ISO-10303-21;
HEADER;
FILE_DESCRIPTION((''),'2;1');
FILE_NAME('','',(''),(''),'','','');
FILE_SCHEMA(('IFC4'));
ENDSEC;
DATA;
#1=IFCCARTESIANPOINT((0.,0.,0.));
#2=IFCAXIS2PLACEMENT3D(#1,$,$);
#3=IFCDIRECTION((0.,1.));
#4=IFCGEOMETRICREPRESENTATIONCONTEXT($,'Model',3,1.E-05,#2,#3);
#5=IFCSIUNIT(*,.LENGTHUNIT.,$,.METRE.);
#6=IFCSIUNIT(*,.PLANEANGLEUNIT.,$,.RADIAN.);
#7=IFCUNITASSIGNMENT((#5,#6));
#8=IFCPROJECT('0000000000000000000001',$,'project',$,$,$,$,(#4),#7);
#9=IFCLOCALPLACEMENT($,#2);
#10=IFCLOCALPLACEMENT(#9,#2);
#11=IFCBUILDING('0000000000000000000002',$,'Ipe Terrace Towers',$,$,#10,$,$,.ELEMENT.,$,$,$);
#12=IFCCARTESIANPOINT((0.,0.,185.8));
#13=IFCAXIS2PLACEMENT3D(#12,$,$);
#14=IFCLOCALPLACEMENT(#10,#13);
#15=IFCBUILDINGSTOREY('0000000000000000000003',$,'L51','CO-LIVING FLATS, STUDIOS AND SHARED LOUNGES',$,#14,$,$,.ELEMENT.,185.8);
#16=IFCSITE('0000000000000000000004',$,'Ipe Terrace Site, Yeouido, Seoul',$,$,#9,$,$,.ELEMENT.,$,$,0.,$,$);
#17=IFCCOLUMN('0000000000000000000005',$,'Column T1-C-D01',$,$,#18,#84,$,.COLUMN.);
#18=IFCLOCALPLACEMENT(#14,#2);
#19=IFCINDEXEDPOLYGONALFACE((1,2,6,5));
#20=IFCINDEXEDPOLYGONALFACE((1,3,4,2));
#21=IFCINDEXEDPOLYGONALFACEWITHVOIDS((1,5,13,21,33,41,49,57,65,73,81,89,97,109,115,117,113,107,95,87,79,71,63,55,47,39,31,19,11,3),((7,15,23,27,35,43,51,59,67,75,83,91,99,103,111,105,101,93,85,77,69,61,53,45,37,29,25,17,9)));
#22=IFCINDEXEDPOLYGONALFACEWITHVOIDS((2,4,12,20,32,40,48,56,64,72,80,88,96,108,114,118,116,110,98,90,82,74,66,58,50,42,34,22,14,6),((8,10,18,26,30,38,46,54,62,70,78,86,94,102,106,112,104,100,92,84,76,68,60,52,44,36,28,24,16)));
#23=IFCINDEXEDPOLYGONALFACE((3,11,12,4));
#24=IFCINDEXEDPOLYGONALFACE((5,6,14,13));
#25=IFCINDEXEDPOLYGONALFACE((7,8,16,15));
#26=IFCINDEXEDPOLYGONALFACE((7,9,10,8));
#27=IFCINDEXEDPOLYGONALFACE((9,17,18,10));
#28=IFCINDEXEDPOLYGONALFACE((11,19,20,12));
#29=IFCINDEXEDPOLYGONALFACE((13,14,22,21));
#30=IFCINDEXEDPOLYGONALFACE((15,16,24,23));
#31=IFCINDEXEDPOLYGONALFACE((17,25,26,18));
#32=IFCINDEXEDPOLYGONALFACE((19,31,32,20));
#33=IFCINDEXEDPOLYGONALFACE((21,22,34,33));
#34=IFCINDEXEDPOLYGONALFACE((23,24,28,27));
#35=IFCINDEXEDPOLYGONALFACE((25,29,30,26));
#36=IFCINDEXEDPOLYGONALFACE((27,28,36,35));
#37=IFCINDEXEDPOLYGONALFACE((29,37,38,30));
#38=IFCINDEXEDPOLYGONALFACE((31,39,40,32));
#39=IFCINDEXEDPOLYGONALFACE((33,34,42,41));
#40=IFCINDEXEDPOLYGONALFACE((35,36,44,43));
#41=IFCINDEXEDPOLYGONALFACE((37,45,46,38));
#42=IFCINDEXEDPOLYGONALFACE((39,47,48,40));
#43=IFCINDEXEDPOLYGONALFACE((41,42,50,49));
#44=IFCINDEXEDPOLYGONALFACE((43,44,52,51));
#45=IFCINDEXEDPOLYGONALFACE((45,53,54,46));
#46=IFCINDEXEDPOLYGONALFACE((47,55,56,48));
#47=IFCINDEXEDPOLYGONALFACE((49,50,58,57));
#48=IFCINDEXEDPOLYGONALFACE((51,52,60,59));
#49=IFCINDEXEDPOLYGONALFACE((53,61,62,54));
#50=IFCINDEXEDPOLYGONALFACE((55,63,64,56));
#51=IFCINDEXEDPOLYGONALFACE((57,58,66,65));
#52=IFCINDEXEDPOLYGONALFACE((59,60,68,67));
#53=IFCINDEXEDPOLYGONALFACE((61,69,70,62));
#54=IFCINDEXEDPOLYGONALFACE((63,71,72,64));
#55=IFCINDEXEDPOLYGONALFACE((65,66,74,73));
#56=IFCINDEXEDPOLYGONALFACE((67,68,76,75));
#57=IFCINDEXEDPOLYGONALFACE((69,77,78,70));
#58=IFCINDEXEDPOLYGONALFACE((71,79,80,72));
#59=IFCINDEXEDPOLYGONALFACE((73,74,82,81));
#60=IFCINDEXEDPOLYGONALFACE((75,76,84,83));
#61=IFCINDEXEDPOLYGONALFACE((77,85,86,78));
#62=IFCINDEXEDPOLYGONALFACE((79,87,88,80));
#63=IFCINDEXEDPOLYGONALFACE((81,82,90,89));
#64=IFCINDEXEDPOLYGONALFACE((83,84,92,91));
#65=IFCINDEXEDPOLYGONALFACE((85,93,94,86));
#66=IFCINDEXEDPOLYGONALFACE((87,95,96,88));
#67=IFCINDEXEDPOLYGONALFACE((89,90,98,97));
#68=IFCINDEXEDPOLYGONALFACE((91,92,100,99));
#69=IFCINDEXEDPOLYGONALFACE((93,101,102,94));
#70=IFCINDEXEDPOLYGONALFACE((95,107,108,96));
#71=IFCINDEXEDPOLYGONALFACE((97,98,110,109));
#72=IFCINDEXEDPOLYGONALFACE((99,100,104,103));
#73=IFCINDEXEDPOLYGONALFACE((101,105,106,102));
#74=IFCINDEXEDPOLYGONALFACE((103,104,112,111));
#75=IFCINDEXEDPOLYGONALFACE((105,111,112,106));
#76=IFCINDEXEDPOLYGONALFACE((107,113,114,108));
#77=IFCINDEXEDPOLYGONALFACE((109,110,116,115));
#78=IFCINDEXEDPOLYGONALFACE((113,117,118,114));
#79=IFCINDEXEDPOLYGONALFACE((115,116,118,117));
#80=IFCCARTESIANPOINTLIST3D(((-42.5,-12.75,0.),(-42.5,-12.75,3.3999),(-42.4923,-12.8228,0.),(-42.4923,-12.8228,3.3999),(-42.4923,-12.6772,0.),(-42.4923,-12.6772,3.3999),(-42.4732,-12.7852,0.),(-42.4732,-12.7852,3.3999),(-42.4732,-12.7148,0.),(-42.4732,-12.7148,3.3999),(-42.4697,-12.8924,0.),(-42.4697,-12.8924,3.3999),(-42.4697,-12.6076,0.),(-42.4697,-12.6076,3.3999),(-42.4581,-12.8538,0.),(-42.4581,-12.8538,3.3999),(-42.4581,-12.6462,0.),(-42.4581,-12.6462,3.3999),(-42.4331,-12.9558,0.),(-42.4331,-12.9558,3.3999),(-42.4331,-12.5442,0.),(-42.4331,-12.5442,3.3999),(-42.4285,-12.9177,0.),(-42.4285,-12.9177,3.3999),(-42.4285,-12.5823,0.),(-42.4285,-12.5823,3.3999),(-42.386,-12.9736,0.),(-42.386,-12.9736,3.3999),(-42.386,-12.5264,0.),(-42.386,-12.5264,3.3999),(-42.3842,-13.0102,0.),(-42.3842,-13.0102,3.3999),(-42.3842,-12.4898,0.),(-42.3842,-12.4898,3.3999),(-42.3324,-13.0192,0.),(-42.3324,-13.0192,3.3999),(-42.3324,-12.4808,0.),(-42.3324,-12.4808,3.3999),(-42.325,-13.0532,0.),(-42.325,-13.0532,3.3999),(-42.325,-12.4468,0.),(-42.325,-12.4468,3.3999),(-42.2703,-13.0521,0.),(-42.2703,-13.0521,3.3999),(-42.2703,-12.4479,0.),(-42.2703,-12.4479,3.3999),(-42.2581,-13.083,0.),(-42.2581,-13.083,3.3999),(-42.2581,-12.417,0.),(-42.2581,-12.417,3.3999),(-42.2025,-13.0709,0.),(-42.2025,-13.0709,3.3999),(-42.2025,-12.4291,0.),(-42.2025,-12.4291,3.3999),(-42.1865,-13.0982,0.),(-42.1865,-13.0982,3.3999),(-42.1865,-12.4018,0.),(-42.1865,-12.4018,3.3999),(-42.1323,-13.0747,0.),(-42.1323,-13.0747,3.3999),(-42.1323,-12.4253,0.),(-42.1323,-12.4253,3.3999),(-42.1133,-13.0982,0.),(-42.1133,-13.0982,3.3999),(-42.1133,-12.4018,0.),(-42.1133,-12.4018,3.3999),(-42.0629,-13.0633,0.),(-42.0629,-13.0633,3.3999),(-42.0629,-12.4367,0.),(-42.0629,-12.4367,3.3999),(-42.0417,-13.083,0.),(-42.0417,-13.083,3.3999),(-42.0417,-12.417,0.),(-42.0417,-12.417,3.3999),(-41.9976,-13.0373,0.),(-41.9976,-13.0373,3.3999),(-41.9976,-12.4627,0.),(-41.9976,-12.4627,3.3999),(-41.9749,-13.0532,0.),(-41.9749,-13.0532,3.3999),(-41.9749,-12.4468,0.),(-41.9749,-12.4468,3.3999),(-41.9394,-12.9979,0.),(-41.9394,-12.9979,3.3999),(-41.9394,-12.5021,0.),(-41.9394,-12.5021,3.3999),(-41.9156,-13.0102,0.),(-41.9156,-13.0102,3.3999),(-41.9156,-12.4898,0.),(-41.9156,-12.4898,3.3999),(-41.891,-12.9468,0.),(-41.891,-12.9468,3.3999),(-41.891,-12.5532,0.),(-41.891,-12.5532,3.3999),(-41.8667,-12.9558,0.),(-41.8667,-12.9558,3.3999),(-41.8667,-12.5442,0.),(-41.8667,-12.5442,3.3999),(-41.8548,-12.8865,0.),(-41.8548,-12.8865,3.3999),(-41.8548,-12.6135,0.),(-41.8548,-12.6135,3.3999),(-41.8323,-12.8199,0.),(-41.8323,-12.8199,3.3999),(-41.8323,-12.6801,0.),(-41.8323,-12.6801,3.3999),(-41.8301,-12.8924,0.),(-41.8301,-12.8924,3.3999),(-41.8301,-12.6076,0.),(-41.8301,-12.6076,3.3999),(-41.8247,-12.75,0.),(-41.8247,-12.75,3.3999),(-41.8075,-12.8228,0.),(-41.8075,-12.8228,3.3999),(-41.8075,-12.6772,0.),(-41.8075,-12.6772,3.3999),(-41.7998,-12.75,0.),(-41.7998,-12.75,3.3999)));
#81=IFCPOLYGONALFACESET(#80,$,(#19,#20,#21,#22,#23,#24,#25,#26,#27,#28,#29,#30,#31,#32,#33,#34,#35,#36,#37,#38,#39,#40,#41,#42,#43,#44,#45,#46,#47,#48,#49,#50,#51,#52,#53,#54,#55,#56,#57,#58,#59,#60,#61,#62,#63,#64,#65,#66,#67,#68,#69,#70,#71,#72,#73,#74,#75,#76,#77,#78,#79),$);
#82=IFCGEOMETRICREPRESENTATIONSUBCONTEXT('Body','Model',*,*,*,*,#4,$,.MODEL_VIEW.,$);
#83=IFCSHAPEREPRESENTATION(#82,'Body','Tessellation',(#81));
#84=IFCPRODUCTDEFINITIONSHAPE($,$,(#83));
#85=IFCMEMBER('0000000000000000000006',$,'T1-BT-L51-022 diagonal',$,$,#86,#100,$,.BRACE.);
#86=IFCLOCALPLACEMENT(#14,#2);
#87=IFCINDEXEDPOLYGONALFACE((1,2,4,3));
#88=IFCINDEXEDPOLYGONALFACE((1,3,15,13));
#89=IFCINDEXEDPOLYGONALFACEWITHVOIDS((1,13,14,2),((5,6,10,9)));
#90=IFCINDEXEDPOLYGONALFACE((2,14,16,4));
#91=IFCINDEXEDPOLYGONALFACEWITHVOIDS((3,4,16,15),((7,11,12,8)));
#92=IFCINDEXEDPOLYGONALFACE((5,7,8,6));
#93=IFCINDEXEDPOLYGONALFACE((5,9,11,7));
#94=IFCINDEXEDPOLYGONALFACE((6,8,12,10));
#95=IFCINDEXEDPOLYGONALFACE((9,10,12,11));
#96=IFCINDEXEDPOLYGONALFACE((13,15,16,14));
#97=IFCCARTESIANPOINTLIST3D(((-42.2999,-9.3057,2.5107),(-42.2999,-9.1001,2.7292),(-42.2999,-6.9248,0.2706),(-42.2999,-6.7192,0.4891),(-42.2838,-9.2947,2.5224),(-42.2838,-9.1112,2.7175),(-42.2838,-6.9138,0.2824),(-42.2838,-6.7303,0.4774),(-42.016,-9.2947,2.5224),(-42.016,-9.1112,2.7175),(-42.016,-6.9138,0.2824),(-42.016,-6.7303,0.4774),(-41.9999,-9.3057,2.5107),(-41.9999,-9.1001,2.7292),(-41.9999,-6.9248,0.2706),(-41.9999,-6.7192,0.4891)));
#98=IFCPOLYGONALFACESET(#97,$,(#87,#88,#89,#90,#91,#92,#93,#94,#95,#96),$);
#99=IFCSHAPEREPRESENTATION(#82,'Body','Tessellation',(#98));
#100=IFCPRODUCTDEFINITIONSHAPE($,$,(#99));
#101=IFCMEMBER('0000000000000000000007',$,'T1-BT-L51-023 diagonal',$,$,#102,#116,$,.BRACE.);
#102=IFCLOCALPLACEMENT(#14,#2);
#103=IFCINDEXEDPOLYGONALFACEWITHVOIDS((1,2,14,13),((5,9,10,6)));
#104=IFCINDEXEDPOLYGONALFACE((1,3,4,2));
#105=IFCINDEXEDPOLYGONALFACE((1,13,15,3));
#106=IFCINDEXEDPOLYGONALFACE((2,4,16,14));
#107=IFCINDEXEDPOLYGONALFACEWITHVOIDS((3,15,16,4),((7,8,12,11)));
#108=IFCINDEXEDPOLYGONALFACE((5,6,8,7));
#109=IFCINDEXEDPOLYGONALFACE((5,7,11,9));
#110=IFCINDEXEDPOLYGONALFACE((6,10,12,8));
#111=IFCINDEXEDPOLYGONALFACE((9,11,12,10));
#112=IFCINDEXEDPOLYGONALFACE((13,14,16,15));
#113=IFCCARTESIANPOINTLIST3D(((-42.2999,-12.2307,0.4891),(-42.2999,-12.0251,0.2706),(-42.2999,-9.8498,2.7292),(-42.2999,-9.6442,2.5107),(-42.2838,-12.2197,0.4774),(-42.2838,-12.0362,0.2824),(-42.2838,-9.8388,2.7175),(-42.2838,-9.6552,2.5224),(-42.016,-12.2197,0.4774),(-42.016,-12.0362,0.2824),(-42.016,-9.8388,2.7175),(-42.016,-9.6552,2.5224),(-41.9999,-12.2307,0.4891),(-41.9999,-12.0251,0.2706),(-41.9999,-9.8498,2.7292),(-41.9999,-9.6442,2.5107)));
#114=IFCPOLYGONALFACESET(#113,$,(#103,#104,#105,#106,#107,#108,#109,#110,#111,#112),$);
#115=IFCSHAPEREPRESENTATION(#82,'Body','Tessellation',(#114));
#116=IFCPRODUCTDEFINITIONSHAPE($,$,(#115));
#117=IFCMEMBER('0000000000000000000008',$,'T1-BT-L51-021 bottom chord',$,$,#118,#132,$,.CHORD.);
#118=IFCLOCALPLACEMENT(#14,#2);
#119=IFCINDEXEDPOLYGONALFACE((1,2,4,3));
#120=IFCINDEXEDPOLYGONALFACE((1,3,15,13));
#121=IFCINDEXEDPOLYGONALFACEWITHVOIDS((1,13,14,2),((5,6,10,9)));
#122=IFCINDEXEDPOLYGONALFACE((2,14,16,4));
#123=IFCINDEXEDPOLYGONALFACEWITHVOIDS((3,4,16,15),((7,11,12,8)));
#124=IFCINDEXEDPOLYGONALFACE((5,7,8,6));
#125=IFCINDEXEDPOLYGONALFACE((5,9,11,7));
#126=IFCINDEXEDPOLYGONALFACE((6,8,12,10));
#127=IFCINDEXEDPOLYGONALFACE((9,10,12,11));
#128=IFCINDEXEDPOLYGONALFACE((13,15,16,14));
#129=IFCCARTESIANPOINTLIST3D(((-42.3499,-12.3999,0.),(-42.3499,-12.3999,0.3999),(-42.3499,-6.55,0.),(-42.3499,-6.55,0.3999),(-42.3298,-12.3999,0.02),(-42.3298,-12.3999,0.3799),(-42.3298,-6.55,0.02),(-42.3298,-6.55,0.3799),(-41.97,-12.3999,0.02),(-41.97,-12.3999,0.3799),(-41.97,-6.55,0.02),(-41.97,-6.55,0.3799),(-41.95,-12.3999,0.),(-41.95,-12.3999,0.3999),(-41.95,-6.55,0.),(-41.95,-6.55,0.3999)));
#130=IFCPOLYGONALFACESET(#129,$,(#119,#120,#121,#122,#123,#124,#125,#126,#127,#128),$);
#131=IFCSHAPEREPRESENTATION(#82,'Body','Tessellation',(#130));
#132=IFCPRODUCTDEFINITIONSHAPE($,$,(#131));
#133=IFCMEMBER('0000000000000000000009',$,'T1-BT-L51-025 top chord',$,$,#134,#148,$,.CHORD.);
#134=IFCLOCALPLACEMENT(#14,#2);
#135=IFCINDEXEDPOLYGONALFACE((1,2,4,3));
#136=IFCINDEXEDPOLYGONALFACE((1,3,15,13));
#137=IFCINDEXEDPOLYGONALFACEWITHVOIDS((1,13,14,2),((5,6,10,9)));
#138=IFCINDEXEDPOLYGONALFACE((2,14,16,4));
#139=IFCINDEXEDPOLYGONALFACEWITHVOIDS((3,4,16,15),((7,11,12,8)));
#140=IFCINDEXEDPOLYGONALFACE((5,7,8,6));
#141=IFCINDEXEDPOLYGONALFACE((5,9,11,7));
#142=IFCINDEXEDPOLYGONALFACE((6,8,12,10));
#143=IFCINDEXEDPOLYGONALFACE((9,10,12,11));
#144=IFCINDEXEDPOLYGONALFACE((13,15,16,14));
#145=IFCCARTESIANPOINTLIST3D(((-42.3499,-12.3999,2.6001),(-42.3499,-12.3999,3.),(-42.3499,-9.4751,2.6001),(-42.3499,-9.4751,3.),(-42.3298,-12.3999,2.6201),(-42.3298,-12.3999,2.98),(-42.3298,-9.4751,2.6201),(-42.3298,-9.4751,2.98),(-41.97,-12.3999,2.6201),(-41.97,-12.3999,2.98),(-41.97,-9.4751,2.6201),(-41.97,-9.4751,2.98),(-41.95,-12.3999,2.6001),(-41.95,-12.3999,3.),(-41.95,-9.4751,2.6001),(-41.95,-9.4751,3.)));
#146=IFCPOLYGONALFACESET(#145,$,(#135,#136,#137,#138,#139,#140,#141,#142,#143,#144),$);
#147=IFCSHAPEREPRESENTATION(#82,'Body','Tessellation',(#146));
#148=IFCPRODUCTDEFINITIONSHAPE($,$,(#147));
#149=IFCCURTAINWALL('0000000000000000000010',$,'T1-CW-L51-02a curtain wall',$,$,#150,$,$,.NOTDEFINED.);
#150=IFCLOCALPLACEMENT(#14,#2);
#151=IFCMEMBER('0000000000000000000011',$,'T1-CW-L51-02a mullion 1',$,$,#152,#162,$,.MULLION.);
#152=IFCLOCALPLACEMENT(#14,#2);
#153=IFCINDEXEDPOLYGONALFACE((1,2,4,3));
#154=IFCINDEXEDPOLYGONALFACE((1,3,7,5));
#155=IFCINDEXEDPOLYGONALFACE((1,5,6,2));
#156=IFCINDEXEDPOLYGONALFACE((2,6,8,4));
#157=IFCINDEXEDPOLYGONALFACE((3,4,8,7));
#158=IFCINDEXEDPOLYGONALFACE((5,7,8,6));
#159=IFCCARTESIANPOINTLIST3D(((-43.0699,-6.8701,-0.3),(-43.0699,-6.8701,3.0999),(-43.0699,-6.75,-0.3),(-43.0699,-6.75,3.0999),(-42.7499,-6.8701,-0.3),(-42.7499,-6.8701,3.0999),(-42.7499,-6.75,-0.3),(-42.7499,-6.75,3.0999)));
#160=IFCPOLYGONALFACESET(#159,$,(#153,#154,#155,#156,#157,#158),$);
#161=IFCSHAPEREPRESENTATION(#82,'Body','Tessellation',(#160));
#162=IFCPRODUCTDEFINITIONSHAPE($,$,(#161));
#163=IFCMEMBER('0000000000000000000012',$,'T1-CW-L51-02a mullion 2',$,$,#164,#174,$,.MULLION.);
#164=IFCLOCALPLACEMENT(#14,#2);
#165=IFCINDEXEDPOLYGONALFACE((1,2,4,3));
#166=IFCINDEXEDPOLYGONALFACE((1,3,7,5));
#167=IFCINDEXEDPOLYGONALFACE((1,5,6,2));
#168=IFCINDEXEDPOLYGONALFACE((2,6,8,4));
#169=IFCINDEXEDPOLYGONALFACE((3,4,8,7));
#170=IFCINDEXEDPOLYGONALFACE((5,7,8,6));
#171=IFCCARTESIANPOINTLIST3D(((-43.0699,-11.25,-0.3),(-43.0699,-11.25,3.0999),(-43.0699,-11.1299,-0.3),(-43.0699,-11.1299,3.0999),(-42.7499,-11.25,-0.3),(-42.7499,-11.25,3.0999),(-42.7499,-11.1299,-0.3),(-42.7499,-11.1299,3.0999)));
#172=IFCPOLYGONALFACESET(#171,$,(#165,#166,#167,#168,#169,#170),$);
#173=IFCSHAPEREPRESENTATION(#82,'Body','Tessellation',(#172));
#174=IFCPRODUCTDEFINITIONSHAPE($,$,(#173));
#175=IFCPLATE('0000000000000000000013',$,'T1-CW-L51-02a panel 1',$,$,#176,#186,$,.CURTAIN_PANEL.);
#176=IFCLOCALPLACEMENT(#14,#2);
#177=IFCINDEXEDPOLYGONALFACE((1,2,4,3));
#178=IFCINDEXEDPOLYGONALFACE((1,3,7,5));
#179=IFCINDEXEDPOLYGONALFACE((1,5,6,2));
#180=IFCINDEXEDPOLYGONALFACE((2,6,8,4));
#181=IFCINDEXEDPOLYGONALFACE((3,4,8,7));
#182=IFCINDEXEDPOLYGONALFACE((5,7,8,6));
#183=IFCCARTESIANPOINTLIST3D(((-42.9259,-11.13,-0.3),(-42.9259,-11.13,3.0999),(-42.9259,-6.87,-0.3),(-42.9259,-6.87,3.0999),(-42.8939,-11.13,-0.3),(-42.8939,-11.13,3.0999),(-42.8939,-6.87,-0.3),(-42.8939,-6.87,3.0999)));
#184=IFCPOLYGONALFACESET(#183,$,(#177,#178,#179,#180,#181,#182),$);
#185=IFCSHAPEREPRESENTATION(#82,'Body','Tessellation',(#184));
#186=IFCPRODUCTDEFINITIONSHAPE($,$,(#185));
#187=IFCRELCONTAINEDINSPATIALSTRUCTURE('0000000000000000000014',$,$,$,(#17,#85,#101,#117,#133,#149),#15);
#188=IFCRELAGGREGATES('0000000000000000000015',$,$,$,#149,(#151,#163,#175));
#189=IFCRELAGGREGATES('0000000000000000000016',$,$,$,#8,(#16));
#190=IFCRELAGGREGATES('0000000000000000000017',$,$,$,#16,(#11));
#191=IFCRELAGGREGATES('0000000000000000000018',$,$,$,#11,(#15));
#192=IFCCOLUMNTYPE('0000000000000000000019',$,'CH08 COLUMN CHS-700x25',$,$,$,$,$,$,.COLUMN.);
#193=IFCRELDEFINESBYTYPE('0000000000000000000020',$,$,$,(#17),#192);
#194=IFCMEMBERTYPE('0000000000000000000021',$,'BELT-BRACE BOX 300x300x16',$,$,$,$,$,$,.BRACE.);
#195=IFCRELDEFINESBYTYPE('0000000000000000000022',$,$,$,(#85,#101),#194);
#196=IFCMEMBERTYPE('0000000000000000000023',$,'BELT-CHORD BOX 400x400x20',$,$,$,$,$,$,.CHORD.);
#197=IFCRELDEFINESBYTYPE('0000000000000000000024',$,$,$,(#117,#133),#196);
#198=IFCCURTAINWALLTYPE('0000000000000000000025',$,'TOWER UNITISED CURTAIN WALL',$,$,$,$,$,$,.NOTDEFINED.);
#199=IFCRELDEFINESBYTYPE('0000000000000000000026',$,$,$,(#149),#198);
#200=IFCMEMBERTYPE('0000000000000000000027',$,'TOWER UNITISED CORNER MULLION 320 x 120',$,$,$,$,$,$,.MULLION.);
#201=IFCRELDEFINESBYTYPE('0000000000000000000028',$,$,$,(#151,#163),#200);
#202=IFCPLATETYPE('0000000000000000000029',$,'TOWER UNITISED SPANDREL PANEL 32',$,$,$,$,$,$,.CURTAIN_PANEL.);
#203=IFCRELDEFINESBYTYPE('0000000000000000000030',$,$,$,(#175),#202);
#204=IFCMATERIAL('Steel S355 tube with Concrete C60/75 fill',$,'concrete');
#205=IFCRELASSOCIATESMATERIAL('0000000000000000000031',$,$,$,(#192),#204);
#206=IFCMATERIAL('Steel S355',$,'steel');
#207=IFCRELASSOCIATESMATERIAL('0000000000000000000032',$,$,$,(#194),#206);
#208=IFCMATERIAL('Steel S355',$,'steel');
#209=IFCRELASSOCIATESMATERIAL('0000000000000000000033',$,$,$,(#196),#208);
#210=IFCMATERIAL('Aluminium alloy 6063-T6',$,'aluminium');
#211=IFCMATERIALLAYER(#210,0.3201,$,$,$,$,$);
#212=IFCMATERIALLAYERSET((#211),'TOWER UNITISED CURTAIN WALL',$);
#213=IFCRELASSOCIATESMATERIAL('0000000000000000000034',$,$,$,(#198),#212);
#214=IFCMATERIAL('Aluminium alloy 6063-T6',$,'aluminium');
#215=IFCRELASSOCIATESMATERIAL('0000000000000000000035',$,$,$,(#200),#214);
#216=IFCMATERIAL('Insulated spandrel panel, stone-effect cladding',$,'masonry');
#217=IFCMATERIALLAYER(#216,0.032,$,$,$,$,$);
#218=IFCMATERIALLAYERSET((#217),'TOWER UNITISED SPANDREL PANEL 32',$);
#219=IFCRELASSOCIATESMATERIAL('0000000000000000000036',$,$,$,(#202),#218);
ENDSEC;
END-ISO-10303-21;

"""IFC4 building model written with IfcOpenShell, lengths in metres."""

from ifc_helpers import new_model, si_unit, direction, frame, origin, origin_2d, place, context, subcontext, project, spatial, rectangle, hollow_rectangle, hollow_circle, extrude, material, layer, layer_set, material_profile, profile_set, type_object, element, aggregate, save


model = new_model("IFC4")

# Units and contexts
model_context = context("Model", 3, precision=1e-05, world=origin(), true_north=direction((0.0, 1.0)))
body_context = subcontext(model_context, "Body", "Model", "MODEL_VIEW")
ifc_project = project(units=[si_unit("LENGTHUNIT", "METRE"), si_unit("PLANEANGLEUNIT", "RADIAN")], contexts=[model_context])

# Site, building, storey
site_placement = place(None, origin())
site = spatial("IfcSite", under=ifc_project, at=site_placement, Name="Ipe Terrace Site, Yeouido, Seoul", CompositionType="ELEMENT", RefElevation=0.0)
building_placement = place(site_placement, origin())
building = spatial("IfcBuilding", under=site, at=building_placement, Name="Ipe Terrace Towers", CompositionType="ELEMENT")
storey_placement = place(building_placement, frame((0.0, 0.0, 185.8)))
storey = spatial("IfcBuildingStorey", under=building, at=storey_placement, Name="L51", Description="CO-LIVING FLATS, STUDIOS AND SHARED LOUNGES", CompositionType="ELEMENT", Elevation=185.8)

# Column
ifc_material_1 = material(Name="Steel S355 tube with Concrete C60/75 fill", Category="concrete")
ifc_material_profile_1 = material_profile(ifc_material_1, hollow_circle(Radius=0.3501, WallThickness=0.0249, at=origin_2d()), Name="CHS-700x25")
ifc_profile_set_1 = profile_set([ifc_material_profile_1], Name="Steel S355 tube with Concrete C60/75 fill")
column_type = type_object("IfcColumnType", Name="CH08 COLUMN CHS-700x25", PredefinedType="COLUMN", material=ifc_profile_set_1)
column_placement = place(storey_placement, frame((-42.1499, -12.75, 0.0), z_axis=(0.0, 0.0, 1.0), x_axis=(1.0, 0.0, 0.0)))
element("IfcColumn", 1, at=column_placement, inside=storey, type_object=column_type, Name="Column T1-C-D01", PredefinedType="COLUMN", context=body_context, shape_type="SweptSolid", body=[
    extrude(hollow_circle(Radius=0.3501, WallThickness=0.0249, at=origin_2d()), origin(), (0.0, 0.0, 1.0), 3.3999),
])

# Members
ifc_material_2 = material(Name="Steel S355", Category="steel")
ifc_material_profile_2 = material_profile(ifc_material_2, hollow_rectangle(XDim=0.3, YDim=0.3, WallThickness=0.0161, at=origin_2d()), Name="BELT-BRACE BOX 300x300x16")
ifc_profile_set_2 = profile_set([ifc_material_profile_2], Name="Steel S355")
member_type_1 = type_object("IfcMemberType", Name="BELT-BRACE BOX 300x300x16", PredefinedType="BRACE", material=ifc_profile_set_2)
for number, where, z_axis, x_axis, name in (
    (2, (-42.1499, -6.822, 0.3799), (0.0, -0.728325, 0.685232), (1.0, 0.0, 0.0), "T1-BT-L51-022 diagonal"),
    (3, (-42.1499, -12.1279, 0.3799), (0.0, 0.728325, 0.685232), (-1.0, 0.0, 0.0), "T1-BT-L51-023 diagonal"),
):
    element("IfcMember", number, at=place(storey_placement, frame(where, z_axis=z_axis, x_axis=x_axis)), inside=storey, type_object=member_type_1, Name=name, PredefinedType="BRACE", context=body_context, shape_type="SweptSolid", body=[
        extrude(hollow_rectangle(XDim=0.3, YDim=0.3, WallThickness=0.0161, at=origin_2d()), origin(), (0.0, 0.0, 1.0), 3.269),
    ])
ifc_material_3 = material(Name="Steel S355", Category="steel")
ifc_material_profile_3 = material_profile(ifc_material_3, hollow_rectangle(XDim=0.3999, YDim=0.3999, WallThickness=0.02, at=origin_2d()), Name="BELT-CHORD BOX 400x400x20")
ifc_profile_set_3 = profile_set([ifc_material_profile_3], Name="Steel S355")
member_type_2 = type_object("IfcMemberType", Name="BELT-CHORD BOX 400x400x20", PredefinedType="CHORD", material=ifc_profile_set_3)
member_1_placement = place(storey_placement, frame((-42.1499, -6.55, 0.2), z_axis=(0.0, -1.0, 0.0), x_axis=(1.0, 0.0, 0.0)))
element("IfcMember", 4, at=member_1_placement, inside=storey, type_object=member_type_2, Name="T1-BT-L51-021 bottom chord", PredefinedType="CHORD", context=body_context, shape_type="SweptSolid", body=[
    extrude(hollow_rectangle(XDim=0.3999, YDim=0.3999, WallThickness=0.02, at=origin_2d()), origin(), (0.0, 0.0, 1.0), 5.8499),
])
member_2_placement = place(storey_placement, frame((-42.1499, -9.4751, 2.8), z_axis=(0.0, -1.0, 0.0), x_axis=(1.0, 0.0, 0.0)))
element("IfcMember", 5, at=member_2_placement, inside=storey, type_object=member_type_2, Name="T1-BT-L51-025 top chord", PredefinedType="CHORD", context=body_context, shape_type="SweptSolid", body=[
    extrude(hollow_rectangle(XDim=0.3999, YDim=0.3999, WallThickness=0.02, at=origin_2d()), origin(), (0.0, 0.0, 1.0), 2.9248),
])

# Curtain wall, members, plate
ifc_material_4 = material(Name="Aluminium alloy 6063-T6", Category="aluminium")
ifc_layer_1 = layer(ifc_material_4, 0.3201)
ifc_layer_set_1 = layer_set([ifc_layer_1], Name="TOWER UNITISED CURTAIN WALL")
curtain_wall_type = type_object("IfcCurtainWallType", Name="TOWER UNITISED CURTAIN WALL", PredefinedType="NOTDEFINED", material=ifc_layer_set_1)
curtain_wall_placement = place(storey_placement, origin())
curtain_wall = element("IfcCurtainWall", 6, at=curtain_wall_placement, inside=storey, type_object=curtain_wall_type, Name="T1-CW-L51-02a curtain wall", PredefinedType="NOTDEFINED")
ifc_material_5 = material(Name="Aluminium alloy 6063-T6", Category="aluminium")
ifc_material_profile_4 = material_profile(ifc_material_5, rectangle(XDim=0.3201, YDim=0.1201, at=origin_2d()), Name="TOWER UNITISED CORNER MULLION 320 x 120")
ifc_profile_set_4 = profile_set([ifc_material_profile_4], Name="Aluminium alloy 6063-T6")
member_type_3 = type_object("IfcMemberType", Name="TOWER UNITISED CORNER MULLION 320 x 120", PredefinedType="MULLION", material=ifc_profile_set_4)
member_3_placement = place(storey_placement, frame((-42.9099, -6.8101, -0.3), z_axis=(0.0, 0.0, 1.0), x_axis=(-1.0, 0.0, 0.0)))
member_3 = element("IfcMember", 7, at=member_3_placement, type_object=member_type_3, Name="T1-CW-L51-02a mullion 1", PredefinedType="MULLION", context=body_context, shape_type="SweptSolid", body=[
    extrude(rectangle(XDim=0.3201, YDim=0.1201, at=origin_2d()), origin(), (0.0, 0.0, 1.0), 3.3999),
])
member_4_placement = place(storey_placement, frame((-42.9099, -11.1899, -0.3), z_axis=(0.0, 0.0, 1.0), x_axis=(-1.0, 0.0, 0.0)))
member_4 = element("IfcMember", 8, at=member_4_placement, type_object=member_type_3, Name="T1-CW-L51-02a mullion 2", PredefinedType="MULLION", context=body_context, shape_type="SweptSolid", body=[
    extrude(rectangle(XDim=0.3201, YDim=0.1201, at=origin_2d()), origin(), (0.0, 0.0, 1.0), 3.3999),
])
ifc_material_6 = material(Name="Insulated spandrel panel, stone-effect cladding", Category="masonry")
ifc_layer_2 = layer(ifc_material_6, 0.032)
ifc_layer_set_2 = layer_set([ifc_layer_2], Name="TOWER UNITISED SPANDREL PANEL 32")
plate_type = type_object("IfcPlateType", Name="TOWER UNITISED SPANDREL PANEL 32", PredefinedType="CURTAIN_PANEL", material=ifc_layer_set_2)
plate_placement = place(storey_placement, frame((-42.9099, -9.0, -0.3), z_axis=(0.0, 0.0, 1.0), x_axis=(0.0, -1.0, 0.0)))
plate = element("IfcPlate", 9, at=plate_placement, type_object=plate_type, Name="T1-CW-L51-02a panel 1", PredefinedType="CURTAIN_PANEL", context=body_context, shape_type="SweptSolid", body=[
    extrude(rectangle(XDim=4.26, YDim=0.032, at=origin_2d()), origin(), (0.0, 0.0, 1.0), 3.3999),
])
aggregate(curtain_wall, [member_3, member_4, plate])

save(model, "model.ifc")
